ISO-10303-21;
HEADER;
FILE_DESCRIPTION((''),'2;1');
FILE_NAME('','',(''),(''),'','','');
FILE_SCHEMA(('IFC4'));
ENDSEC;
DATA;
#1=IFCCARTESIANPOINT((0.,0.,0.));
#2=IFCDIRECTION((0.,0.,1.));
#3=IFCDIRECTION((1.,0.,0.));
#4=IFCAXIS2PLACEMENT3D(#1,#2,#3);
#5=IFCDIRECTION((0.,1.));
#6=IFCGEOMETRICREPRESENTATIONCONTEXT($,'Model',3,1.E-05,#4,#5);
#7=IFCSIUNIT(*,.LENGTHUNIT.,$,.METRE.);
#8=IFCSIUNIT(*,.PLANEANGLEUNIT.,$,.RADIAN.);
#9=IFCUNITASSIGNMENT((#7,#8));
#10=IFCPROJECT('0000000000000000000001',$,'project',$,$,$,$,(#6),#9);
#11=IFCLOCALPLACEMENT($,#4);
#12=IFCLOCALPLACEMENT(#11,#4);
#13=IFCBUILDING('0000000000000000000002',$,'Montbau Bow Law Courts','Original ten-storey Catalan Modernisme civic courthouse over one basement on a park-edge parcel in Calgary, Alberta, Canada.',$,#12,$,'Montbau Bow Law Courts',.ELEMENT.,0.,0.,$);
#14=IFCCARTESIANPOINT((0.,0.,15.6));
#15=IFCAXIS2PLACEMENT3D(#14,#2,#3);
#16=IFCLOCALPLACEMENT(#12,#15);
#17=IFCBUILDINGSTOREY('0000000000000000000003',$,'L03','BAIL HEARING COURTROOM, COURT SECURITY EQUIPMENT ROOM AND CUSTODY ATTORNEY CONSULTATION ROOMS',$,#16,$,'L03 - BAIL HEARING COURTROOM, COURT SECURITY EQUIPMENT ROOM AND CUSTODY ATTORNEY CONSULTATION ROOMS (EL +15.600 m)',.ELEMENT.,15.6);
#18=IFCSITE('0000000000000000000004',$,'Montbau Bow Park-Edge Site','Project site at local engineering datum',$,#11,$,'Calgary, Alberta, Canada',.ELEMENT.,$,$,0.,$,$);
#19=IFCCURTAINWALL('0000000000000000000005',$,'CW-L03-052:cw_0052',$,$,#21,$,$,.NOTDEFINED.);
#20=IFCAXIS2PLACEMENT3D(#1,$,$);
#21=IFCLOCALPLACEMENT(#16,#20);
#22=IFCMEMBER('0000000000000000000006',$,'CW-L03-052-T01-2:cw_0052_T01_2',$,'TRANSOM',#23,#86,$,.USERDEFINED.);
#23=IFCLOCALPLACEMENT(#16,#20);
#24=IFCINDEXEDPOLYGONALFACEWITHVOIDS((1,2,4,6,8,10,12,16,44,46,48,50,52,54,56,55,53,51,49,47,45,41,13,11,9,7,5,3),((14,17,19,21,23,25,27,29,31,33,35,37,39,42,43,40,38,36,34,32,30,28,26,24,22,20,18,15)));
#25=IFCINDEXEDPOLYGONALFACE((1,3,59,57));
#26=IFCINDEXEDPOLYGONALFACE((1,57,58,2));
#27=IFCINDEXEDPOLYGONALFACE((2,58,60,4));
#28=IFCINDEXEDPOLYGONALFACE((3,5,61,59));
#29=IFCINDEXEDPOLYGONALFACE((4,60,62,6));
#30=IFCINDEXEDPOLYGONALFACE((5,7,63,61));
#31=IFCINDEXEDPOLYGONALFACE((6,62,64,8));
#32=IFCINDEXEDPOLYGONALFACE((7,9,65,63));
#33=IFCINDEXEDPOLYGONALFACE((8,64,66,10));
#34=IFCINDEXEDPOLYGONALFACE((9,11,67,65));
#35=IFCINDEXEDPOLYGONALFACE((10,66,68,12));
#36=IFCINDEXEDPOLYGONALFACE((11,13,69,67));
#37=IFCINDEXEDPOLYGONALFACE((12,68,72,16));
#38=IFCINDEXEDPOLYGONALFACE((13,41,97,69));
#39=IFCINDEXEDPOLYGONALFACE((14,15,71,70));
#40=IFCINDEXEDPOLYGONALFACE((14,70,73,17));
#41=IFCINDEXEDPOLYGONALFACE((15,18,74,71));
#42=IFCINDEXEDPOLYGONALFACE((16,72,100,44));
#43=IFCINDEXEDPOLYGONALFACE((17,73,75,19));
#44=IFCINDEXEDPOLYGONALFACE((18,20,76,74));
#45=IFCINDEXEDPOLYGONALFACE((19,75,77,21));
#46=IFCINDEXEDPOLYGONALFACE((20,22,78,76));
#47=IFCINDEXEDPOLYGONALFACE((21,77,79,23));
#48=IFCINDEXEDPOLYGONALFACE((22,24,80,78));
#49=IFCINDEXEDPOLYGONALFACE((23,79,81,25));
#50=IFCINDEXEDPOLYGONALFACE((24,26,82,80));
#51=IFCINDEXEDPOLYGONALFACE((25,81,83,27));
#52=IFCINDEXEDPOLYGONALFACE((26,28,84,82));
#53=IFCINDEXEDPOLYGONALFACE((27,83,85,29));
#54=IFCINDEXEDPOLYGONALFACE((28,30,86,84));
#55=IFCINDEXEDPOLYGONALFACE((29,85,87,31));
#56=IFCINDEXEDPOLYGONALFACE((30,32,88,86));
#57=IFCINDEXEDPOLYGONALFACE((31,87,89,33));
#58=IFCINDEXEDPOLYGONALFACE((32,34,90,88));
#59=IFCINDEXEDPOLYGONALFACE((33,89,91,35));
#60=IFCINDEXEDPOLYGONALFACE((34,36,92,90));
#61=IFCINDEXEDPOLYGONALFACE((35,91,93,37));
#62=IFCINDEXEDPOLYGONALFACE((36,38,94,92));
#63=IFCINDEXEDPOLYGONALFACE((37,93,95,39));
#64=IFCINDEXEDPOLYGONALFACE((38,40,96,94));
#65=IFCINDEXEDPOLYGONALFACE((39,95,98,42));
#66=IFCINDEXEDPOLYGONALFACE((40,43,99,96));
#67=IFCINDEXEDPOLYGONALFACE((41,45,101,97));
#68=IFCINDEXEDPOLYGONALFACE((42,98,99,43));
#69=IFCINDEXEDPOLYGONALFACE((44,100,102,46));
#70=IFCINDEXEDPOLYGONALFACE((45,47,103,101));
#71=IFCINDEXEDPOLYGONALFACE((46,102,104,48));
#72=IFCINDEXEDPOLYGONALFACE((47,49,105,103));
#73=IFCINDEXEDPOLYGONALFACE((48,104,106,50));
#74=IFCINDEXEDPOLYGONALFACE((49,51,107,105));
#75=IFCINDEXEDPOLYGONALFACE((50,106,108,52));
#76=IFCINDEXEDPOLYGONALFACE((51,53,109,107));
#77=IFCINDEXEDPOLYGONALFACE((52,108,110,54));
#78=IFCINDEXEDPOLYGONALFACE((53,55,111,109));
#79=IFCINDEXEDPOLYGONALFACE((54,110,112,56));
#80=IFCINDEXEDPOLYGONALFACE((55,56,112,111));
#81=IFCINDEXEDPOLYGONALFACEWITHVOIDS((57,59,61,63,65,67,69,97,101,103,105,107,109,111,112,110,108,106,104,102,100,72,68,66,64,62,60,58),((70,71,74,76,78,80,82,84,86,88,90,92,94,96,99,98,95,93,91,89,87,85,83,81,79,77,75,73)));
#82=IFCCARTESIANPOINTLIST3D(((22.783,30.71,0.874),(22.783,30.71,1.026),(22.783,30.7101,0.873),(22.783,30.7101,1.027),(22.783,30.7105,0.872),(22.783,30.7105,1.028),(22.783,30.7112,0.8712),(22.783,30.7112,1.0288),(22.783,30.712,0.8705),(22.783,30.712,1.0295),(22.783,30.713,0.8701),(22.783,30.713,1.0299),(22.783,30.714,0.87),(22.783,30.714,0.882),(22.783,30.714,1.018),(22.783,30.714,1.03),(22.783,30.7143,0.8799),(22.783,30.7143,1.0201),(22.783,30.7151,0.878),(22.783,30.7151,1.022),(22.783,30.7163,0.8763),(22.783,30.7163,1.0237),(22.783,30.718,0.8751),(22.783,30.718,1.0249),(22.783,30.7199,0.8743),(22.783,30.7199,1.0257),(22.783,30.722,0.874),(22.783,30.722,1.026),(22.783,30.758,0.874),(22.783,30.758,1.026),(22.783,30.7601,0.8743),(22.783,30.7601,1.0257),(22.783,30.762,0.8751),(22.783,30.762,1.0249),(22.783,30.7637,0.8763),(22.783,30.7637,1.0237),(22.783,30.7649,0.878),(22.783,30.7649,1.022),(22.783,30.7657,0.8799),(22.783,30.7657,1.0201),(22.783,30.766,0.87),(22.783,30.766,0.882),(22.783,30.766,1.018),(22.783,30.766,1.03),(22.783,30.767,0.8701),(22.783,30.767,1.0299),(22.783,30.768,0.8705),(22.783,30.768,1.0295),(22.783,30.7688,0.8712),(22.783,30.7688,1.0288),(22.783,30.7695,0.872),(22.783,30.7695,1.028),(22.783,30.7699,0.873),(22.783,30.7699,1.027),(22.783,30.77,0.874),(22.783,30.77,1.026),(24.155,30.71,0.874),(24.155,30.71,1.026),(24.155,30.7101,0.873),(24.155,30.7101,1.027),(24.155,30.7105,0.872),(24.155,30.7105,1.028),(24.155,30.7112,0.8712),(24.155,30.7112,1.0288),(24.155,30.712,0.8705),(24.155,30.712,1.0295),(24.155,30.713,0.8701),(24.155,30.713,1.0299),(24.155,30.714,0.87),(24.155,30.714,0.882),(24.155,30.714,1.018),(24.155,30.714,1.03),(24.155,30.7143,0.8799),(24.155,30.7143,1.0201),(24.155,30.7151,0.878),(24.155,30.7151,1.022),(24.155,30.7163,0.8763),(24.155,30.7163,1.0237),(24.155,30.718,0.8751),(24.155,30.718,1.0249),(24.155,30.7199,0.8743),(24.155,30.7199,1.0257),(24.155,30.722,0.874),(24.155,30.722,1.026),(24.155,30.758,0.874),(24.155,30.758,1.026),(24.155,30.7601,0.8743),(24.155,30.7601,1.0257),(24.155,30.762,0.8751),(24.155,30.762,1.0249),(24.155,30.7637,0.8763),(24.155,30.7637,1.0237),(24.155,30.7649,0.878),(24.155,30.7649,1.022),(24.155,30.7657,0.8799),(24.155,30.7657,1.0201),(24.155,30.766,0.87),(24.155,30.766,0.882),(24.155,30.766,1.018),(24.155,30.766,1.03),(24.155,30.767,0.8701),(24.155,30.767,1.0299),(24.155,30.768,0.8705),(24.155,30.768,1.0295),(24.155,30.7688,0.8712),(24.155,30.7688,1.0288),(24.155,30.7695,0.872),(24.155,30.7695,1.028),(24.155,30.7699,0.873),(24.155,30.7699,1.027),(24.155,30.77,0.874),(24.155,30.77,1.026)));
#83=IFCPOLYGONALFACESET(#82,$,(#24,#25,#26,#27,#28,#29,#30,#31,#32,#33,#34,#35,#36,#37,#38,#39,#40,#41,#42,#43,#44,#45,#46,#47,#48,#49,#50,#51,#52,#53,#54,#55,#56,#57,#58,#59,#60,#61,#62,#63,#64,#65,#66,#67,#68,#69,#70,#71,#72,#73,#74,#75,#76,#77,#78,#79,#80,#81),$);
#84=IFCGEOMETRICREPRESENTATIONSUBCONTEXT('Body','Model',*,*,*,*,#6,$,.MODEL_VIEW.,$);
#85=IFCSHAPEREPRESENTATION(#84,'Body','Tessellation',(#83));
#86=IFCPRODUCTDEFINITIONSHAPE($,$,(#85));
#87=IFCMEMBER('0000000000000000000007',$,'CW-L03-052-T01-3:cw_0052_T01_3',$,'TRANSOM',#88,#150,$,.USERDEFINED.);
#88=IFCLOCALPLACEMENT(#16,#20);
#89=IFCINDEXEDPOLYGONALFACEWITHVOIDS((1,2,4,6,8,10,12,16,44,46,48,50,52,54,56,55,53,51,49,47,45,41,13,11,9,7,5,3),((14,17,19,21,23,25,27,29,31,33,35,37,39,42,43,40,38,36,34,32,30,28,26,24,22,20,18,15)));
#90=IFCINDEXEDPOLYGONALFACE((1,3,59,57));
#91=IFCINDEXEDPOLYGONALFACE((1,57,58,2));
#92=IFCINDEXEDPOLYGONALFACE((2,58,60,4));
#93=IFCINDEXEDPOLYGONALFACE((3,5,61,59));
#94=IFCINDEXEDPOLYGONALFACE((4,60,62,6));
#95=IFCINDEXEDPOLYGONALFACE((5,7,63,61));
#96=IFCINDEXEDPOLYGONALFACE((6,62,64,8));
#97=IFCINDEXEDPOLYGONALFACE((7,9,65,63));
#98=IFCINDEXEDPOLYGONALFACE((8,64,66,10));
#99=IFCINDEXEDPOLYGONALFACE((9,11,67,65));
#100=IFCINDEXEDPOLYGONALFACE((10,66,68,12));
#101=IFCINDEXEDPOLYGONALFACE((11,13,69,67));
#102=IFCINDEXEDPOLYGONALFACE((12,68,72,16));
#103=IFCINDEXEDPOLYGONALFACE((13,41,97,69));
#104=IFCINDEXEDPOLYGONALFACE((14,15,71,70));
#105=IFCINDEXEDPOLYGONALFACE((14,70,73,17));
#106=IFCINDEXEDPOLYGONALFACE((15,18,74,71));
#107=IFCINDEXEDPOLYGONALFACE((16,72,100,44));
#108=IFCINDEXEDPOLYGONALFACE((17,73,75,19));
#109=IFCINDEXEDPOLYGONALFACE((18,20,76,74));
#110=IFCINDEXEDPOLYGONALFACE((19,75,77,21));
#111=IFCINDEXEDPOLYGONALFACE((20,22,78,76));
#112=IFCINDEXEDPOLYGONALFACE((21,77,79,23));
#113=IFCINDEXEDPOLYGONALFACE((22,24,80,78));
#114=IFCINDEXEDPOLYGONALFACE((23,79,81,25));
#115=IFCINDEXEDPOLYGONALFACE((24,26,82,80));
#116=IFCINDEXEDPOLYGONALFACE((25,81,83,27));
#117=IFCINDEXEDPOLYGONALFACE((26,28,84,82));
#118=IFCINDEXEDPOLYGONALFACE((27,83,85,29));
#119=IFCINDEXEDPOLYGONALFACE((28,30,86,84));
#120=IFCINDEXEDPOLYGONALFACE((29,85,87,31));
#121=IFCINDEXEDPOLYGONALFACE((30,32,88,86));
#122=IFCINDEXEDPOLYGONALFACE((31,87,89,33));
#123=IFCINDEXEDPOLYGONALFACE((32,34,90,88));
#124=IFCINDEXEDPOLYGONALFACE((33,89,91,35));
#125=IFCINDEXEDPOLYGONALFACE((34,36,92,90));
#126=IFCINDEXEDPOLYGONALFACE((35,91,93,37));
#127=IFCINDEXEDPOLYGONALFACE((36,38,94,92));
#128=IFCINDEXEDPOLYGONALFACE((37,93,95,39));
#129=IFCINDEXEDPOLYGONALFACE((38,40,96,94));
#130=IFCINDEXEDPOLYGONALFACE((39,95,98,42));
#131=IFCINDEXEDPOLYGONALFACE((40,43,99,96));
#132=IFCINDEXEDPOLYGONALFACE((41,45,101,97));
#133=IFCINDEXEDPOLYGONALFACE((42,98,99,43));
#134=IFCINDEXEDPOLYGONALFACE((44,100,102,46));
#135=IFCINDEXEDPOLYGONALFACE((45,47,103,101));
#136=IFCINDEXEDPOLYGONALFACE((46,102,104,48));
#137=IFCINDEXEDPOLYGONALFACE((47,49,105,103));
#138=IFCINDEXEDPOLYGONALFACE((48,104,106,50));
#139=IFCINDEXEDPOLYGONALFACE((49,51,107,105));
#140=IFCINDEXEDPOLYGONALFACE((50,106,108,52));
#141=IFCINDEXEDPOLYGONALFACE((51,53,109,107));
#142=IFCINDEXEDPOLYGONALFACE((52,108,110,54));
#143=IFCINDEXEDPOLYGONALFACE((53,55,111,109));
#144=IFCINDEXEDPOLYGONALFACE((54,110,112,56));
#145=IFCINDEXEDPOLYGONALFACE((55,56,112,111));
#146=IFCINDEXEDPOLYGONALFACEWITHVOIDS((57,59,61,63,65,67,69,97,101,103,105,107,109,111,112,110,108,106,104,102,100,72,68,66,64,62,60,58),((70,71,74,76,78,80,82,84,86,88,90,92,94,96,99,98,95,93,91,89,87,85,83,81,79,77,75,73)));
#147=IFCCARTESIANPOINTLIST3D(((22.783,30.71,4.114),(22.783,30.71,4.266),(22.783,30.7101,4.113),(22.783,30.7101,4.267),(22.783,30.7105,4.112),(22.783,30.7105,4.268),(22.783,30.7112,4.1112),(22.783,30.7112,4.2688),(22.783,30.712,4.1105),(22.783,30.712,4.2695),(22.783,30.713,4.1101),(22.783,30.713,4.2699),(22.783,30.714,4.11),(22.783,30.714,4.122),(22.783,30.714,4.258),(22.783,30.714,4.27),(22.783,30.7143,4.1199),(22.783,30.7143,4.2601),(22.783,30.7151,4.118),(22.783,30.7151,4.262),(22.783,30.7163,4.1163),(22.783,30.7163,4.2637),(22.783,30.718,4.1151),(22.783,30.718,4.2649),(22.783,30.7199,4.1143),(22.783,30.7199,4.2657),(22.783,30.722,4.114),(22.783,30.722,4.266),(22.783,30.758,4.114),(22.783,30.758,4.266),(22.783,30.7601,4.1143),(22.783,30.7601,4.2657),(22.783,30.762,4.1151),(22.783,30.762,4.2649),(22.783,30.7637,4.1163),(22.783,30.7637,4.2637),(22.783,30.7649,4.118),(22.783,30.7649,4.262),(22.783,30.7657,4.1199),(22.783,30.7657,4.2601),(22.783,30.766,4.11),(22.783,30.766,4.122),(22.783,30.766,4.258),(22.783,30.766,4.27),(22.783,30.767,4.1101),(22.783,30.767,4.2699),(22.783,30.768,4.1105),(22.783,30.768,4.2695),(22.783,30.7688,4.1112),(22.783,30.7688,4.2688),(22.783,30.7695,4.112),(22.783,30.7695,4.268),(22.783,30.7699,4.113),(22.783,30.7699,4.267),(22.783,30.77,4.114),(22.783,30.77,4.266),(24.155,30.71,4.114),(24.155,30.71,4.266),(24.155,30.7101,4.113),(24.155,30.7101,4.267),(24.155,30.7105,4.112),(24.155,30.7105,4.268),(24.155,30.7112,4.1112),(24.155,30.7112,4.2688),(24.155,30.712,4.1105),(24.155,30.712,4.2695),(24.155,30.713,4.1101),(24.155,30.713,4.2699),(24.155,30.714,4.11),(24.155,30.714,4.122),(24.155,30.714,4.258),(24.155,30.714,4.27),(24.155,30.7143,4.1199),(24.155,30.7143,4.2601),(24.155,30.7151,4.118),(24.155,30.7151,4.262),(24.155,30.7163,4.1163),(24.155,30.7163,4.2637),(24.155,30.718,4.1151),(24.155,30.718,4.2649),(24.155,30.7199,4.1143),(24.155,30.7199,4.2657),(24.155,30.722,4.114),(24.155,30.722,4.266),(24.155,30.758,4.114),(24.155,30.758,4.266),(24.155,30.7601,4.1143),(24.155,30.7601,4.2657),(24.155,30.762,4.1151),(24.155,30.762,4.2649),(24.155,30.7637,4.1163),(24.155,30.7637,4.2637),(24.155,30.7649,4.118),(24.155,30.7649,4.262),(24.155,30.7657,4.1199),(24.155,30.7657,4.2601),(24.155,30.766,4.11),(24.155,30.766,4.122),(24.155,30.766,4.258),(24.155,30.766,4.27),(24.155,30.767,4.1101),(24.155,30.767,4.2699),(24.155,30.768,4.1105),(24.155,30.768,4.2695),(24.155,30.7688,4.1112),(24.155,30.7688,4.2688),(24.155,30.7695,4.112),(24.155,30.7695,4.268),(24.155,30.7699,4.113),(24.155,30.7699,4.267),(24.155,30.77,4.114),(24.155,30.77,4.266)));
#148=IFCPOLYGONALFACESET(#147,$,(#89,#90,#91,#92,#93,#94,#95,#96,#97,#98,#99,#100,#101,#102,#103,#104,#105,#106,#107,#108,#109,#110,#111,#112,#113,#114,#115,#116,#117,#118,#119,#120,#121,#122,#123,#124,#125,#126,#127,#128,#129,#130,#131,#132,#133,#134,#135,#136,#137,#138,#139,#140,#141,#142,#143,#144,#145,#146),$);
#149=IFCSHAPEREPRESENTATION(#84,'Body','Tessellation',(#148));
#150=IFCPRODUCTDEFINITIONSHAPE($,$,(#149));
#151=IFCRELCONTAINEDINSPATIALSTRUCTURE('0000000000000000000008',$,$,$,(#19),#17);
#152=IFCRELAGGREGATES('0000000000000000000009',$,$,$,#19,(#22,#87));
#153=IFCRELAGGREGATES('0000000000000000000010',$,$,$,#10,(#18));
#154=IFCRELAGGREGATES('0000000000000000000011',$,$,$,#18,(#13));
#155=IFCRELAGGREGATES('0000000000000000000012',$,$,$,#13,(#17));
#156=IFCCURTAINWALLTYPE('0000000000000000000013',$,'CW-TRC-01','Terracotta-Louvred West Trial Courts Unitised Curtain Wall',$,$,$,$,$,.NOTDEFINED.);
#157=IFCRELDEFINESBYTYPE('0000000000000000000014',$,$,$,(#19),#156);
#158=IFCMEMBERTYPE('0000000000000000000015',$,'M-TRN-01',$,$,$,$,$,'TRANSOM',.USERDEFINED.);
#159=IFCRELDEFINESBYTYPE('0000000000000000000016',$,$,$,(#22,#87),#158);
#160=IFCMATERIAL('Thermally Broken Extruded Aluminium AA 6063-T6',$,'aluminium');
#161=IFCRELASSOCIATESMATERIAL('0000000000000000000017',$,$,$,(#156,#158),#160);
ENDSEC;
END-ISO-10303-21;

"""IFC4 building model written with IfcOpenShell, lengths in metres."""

from ifc_helpers import new_model, si_unit, direction, frame, origin_with_axes, origin_2d_with_axis, place, context, subcontext, project, spatial, hollow_rectangle, extrude, material, material_profile, profile_set, type_object, element, aggregate, save


model = new_model("IFC4")

# Units and contexts
model_context = context("Model", 3, precision=1e-05, world=origin_with_axes(), true_north=direction((0.0, 1.0)))
body_context = subcontext(model_context, "Body", "Model", "MODEL_VIEW")
ifc_project = project(units=[si_unit("LENGTHUNIT", "METRE"), si_unit("PLANEANGLEUNIT", "RADIAN")], contexts=[model_context])

# Site, building, storey
site_placement = place(None, origin_with_axes())
site = spatial("IfcSite", under=ifc_project, at=site_placement, Name="Montbau Bow Park-Edge Site", Description="Project site at local engineering datum", LongName="Calgary, Alberta, Canada", CompositionType="ELEMENT", RefElevation=0.0)
building_placement = place(site_placement, origin_with_axes())
building = spatial("IfcBuilding", under=site, at=building_placement, Name="Montbau Bow Law Courts", Description="Original ten-storey Catalan Modernisme civic courthouse over one basement on a park-edge parcel in Calgary, Alberta, Canada.", LongName="Montbau Bow Law Courts", CompositionType="ELEMENT", ElevationOfRefHeight=0.0, ElevationOfTerrain=0.0)
storey_placement = place(building_placement, frame((0.0, 0.0, 15.6), z_axis=(0.0, 0.0, 1.0), x_axis=(1.0, 0.0, 0.0)))
storey = spatial("IfcBuildingStorey", under=building, at=storey_placement, Name="L03", Description="BAIL HEARING COURTROOM, COURT SECURITY EQUIPMENT ROOM AND CUSTODY ATTORNEY CONSULTATION ROOMS", LongName="L03 - BAIL HEARING COURTROOM, COURT SECURITY EQUIPMENT ROOM AND CUSTODY ATTORNEY CONSULTATION ROOMS (EL +15.600 m)", CompositionType="ELEMENT", Elevation=15.6)

# Curtain wall, members
ifc_material_1 = material(Name="Thermally Broken Extruded Aluminium AA 6063-T6", Category="aluminium")
curtain_wall_type = type_object("IfcCurtainWallType", Name="CW-TRC-01", Description="Terracotta-Louvred West Trial Courts Unitised Curtain Wall", PredefinedType="NOTDEFINED", material=ifc_material_1)
curtain_wall_1_placement = place(None, frame((22.715, 30.74, 15.6), z_axis=(0.0, 0.0, 1.0), x_axis=(1.0, 0.0, 0.0)))
curtain_wall_1 = element("IfcCurtainWall", 1, at=curtain_wall_1_placement, inside=storey, type_object=curtain_wall_type, Name="CW-L03-052:cw_0052", PredefinedType="NOTDEFINED")
ifc_material_profile_1 = material_profile(ifc_material_1, hollow_rectangle(XDim=0.06, YDim=0.16, WallThickness=0.004, InnerFilletRadius=0.008, OuterFilletRadius=0.004, at=origin_2d_with_axis()), Name="CWT-160X60", Category="Main", Priority=0)
ifc_profile_set_1 = profile_set([ifc_material_profile_1], Name="Thermally Broken Extruded Aluminium AA 6063-T6")
member_type_1 = type_object("IfcMemberType", Name="M-TRN-01", ElementType="TRANSOM", PredefinedType="USERDEFINED", material=ifc_profile_set_1)
member_1_placement = place(None, frame((22.783, 30.74, 16.55), z_axis=(1.0, 0.0, 0.0), x_axis=(0.0, 1.0, 0.0)))
member_1 = element("IfcMember", 2, at=member_1_placement, type_object=member_type_1, Name="CW-L03-052-T01-2:cw_0052_T01_2", ObjectType="TRANSOM", PredefinedType="USERDEFINED", context=body_context, shape_type="SweptSolid", body=[
    extrude(hollow_rectangle(XDim=0.06, YDim=0.16, WallThickness=0.004, InnerFilletRadius=0.008, OuterFilletRadius=0.004, at=origin_2d_with_axis()), origin_with_axes(), (0.0, 0.0, 1.0), 1.372),
])
member_2_placement = place(None, frame((22.783, 30.74, 19.79), z_axis=(1.0, 0.0, 0.0), x_axis=(0.0, 1.0, 0.0)))
member_2 = element("IfcMember", 3, at=member_2_placement, type_object=member_type_1, Name="CW-L03-052-T01-3:cw_0052_T01_3", ObjectType="TRANSOM", PredefinedType="USERDEFINED", context=body_context, shape_type="SweptSolid", body=[
    extrude(hollow_rectangle(XDim=0.06, YDim=0.16, WallThickness=0.004, InnerFilletRadius=0.008, OuterFilletRadius=0.004, at=origin_2d_with_axis()), origin_with_axes(), (0.0, 0.0, 1.0), 1.372),
])

aggregate(curtain_wall_1, [member_1, member_2])

save(model, "model.ifc")
